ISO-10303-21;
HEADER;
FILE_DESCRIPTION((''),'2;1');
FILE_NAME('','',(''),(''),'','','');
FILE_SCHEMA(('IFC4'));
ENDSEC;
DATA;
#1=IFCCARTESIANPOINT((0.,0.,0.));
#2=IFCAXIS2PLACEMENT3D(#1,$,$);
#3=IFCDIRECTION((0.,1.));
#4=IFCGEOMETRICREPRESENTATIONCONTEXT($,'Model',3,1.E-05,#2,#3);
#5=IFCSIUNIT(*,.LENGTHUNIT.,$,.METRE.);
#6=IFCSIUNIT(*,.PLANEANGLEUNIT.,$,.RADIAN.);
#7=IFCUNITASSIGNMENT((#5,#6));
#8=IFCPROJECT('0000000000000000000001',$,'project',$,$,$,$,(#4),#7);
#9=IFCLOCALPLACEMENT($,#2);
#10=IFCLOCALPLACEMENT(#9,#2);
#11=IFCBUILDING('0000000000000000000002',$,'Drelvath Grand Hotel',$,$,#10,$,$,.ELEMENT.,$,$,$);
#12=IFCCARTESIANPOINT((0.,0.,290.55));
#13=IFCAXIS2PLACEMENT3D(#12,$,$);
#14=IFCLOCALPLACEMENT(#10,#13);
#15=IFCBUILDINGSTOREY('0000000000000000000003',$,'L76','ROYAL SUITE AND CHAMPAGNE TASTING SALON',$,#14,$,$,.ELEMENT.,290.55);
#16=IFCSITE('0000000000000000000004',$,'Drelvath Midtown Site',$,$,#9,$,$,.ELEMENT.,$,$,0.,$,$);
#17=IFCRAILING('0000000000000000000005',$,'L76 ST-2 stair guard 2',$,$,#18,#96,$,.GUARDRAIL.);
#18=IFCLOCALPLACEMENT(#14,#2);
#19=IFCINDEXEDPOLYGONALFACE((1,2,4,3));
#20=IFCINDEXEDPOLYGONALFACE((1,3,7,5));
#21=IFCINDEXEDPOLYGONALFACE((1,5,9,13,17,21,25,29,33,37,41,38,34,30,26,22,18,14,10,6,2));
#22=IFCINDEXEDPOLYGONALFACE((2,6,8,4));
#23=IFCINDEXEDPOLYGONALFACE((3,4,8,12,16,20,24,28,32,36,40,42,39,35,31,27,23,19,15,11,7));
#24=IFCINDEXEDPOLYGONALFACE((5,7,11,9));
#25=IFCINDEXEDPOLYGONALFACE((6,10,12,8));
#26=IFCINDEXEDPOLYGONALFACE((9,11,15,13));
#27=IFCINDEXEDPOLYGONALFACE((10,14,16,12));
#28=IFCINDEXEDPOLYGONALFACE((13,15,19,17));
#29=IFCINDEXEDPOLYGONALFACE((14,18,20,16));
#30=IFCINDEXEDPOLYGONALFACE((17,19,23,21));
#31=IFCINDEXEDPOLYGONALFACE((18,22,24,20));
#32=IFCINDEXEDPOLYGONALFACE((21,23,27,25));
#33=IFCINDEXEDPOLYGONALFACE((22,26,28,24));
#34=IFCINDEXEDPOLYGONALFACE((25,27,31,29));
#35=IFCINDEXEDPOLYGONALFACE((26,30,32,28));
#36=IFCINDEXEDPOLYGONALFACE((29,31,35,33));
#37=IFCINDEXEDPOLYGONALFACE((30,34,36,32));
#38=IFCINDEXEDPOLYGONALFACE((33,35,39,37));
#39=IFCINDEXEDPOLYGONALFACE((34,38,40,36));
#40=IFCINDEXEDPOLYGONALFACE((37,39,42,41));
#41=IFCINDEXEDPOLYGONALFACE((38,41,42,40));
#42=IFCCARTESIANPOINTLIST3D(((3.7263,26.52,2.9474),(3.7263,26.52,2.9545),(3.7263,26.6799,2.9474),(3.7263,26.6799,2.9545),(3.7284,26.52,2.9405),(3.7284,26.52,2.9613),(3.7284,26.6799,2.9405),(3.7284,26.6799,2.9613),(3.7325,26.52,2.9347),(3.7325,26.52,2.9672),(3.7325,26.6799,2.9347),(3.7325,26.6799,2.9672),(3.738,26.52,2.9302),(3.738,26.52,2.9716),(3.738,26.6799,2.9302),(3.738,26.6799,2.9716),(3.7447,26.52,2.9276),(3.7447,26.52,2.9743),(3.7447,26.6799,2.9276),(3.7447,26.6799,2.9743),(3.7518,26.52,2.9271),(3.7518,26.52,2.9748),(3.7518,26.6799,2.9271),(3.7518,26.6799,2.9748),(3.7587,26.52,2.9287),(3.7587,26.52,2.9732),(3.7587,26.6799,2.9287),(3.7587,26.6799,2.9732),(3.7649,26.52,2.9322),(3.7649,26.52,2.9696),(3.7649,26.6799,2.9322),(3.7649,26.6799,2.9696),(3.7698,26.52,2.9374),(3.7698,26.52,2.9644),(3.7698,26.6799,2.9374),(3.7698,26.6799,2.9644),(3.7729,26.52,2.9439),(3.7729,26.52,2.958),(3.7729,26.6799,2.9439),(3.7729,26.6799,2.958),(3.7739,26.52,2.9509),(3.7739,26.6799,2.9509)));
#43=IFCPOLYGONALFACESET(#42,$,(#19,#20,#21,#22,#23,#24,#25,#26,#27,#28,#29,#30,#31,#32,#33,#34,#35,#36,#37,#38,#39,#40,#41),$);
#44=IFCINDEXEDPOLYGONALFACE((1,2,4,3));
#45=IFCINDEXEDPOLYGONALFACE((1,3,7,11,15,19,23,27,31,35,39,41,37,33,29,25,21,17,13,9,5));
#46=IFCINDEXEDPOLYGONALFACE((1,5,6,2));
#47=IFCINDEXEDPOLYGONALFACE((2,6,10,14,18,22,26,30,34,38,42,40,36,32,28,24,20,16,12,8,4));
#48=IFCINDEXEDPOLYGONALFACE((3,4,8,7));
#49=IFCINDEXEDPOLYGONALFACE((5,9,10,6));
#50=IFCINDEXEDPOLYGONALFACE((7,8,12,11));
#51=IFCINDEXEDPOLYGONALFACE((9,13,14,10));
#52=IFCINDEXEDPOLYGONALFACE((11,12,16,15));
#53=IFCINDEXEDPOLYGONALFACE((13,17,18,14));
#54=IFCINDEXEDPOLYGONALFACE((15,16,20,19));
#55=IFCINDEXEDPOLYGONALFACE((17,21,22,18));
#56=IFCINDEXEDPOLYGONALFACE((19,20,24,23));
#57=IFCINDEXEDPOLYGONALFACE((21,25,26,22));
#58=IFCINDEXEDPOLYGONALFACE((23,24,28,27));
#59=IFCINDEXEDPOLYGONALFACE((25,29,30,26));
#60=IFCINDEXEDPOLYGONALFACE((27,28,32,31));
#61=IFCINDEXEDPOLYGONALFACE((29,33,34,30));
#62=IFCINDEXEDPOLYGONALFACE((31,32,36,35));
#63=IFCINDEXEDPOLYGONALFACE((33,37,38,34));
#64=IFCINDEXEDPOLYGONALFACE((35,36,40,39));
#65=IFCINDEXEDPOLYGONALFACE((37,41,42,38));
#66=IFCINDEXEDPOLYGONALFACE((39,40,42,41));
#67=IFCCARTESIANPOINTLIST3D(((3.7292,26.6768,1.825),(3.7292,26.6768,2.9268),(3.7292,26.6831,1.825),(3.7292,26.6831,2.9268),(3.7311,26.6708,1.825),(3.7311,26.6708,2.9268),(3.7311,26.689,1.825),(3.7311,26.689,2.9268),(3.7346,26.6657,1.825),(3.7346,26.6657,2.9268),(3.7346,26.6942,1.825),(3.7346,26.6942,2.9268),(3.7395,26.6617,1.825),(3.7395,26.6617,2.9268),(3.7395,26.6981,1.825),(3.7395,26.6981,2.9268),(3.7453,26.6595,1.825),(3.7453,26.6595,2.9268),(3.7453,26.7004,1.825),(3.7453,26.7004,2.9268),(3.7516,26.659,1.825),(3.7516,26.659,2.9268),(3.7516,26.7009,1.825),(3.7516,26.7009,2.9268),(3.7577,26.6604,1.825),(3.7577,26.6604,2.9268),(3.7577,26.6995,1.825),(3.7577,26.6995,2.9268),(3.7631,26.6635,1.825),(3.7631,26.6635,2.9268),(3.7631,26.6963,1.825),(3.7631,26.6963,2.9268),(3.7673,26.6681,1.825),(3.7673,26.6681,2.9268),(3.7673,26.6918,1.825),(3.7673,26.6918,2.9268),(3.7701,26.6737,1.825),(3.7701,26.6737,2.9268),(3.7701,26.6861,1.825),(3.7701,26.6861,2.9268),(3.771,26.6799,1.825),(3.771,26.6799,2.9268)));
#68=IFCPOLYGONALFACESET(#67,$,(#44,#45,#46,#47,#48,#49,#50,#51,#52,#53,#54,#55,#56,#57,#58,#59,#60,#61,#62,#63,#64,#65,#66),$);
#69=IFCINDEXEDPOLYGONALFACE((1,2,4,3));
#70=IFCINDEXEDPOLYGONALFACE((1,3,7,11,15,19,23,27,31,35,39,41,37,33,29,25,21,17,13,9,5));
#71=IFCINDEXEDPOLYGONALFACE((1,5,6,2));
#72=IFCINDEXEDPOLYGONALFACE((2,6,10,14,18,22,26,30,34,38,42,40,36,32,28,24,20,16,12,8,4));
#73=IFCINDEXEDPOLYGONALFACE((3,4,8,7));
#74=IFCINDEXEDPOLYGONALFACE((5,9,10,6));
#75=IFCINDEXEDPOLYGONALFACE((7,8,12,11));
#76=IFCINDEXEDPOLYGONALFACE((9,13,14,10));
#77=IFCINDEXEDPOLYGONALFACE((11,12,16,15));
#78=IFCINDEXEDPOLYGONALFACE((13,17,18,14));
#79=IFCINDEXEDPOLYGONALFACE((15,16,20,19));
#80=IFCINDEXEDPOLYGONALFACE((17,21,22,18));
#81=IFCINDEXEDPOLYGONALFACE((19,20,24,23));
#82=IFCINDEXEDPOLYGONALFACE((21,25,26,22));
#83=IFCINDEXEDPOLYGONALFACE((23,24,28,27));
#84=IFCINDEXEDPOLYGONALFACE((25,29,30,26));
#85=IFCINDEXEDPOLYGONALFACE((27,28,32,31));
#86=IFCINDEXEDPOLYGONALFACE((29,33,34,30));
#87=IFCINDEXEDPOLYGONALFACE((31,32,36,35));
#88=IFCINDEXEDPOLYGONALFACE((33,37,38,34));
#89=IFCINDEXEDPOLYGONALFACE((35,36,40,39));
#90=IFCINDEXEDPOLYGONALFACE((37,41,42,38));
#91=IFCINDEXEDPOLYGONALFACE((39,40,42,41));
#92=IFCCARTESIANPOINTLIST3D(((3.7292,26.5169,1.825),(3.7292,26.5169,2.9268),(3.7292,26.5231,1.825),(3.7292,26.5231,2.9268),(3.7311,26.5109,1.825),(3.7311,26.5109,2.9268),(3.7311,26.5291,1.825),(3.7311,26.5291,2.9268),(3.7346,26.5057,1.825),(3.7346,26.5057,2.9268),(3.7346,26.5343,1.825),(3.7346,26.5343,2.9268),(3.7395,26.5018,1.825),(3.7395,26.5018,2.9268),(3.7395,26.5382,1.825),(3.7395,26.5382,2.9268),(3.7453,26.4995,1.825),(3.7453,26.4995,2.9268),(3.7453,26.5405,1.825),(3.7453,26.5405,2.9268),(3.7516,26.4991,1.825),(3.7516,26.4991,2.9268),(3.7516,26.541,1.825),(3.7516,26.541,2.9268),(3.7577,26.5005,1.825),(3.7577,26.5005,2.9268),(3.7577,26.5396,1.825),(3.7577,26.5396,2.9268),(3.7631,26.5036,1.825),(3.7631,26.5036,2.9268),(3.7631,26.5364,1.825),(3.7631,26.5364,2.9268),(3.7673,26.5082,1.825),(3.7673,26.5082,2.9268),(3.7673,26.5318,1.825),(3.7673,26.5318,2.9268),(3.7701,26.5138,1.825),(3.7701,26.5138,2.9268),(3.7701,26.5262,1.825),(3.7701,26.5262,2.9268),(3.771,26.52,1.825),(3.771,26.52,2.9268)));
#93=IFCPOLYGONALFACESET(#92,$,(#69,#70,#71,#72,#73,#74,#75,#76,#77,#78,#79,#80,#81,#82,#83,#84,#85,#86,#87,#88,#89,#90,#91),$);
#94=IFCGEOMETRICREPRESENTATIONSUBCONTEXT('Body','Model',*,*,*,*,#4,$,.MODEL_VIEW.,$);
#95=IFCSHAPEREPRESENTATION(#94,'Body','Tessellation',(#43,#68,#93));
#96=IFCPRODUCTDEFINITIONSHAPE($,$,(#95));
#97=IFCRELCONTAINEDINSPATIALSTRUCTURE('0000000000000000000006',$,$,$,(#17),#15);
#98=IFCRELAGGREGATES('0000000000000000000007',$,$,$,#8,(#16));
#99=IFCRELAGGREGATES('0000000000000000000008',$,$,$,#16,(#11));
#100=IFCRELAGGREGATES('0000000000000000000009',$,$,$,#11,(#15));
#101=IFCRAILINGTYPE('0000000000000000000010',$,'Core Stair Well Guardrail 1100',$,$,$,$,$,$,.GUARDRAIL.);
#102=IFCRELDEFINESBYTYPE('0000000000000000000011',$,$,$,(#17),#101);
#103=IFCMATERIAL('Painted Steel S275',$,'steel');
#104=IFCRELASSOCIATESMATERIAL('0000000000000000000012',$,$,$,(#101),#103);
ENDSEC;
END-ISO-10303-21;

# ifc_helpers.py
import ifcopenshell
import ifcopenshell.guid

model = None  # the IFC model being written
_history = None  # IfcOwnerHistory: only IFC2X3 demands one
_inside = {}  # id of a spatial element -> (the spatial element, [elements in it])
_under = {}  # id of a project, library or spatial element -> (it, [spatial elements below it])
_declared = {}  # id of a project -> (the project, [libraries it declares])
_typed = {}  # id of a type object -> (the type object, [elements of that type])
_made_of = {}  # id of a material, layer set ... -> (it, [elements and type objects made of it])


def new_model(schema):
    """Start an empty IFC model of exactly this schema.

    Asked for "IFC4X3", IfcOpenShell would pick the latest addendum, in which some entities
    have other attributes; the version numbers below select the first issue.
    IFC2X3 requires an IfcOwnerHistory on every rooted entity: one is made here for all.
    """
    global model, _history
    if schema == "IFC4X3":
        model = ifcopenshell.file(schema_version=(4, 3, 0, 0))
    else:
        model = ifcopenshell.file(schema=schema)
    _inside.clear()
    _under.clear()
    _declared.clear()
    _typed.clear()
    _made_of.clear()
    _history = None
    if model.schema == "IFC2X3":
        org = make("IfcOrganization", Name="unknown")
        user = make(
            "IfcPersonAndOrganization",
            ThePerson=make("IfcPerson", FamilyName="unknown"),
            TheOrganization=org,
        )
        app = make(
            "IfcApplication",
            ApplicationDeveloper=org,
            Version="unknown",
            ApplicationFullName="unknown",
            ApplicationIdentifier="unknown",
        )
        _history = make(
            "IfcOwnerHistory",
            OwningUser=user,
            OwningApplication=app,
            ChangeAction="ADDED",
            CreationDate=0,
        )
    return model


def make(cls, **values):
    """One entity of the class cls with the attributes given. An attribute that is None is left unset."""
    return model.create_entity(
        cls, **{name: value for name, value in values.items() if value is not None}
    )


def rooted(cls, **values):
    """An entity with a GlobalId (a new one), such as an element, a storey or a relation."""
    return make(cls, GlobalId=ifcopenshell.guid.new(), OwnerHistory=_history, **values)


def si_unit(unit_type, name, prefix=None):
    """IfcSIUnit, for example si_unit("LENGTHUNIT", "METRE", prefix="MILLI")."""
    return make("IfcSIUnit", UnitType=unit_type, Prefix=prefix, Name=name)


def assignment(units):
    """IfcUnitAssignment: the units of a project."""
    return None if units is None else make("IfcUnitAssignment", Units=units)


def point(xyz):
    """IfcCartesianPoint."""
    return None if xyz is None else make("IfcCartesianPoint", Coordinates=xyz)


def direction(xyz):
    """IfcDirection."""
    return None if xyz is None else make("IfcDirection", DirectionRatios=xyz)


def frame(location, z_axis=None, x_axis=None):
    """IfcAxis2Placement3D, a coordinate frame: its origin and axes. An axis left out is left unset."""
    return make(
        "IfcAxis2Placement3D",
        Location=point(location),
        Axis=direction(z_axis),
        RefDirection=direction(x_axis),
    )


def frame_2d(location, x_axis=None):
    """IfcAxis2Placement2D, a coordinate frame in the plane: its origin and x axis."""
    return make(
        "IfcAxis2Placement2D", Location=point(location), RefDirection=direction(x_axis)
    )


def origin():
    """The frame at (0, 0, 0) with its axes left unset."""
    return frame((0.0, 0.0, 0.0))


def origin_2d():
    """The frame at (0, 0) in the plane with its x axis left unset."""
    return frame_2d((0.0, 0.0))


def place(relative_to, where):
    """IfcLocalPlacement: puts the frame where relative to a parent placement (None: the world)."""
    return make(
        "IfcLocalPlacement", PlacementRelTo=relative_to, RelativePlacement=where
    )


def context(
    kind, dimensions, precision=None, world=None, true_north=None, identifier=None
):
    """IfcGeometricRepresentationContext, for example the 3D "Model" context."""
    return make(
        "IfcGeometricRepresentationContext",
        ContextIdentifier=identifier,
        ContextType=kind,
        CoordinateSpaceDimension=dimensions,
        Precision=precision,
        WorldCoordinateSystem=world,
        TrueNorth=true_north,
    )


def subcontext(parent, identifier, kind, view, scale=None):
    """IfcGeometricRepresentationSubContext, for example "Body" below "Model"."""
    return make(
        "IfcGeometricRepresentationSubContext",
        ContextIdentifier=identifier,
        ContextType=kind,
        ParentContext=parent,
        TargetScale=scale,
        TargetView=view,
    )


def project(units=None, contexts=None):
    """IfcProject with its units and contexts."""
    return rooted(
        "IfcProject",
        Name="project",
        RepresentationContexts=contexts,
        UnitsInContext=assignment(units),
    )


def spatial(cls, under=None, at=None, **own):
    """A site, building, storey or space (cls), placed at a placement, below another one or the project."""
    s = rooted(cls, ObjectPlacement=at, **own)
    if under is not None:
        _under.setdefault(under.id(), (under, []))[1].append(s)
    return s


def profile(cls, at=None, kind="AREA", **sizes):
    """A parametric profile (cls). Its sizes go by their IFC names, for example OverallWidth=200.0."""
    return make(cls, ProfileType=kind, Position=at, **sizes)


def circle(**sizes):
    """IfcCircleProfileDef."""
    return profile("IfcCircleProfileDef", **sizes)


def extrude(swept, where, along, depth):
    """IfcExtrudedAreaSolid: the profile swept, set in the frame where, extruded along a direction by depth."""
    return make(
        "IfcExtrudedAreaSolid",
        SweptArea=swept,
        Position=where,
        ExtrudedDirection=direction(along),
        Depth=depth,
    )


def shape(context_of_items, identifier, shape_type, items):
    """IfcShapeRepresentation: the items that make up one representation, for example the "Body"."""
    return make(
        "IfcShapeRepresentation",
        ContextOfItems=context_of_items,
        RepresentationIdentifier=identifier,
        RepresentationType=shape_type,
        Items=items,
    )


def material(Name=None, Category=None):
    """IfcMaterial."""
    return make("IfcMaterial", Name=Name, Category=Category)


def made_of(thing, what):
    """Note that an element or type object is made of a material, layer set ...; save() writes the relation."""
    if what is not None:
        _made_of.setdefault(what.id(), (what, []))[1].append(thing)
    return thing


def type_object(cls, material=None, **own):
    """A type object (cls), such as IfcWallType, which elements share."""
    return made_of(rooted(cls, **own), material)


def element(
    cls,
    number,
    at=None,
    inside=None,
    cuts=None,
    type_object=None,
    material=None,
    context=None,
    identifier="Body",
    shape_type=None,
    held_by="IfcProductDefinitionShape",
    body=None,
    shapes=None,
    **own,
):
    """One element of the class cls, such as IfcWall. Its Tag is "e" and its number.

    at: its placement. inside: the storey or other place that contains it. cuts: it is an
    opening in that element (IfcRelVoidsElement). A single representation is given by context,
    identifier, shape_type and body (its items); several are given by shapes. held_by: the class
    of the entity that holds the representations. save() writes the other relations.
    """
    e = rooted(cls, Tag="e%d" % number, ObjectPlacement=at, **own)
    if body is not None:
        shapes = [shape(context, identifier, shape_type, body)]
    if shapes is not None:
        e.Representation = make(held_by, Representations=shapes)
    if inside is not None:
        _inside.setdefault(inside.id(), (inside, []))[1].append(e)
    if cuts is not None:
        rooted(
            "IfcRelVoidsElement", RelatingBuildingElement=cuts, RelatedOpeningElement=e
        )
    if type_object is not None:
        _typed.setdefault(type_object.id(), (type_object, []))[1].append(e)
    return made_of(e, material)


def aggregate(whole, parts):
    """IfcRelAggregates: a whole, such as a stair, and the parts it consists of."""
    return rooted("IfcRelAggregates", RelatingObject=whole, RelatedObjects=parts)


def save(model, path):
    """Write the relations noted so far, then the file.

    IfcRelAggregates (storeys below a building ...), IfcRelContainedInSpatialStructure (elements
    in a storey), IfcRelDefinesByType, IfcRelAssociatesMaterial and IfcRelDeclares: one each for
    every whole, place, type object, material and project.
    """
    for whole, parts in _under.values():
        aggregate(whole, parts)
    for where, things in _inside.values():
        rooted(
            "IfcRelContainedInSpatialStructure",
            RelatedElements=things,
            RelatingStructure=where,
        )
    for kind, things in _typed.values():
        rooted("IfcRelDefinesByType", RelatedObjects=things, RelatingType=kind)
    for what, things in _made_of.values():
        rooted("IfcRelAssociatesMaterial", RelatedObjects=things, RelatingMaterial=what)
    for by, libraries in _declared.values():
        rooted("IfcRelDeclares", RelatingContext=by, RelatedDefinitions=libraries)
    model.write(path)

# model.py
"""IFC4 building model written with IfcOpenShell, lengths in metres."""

from ifc_helpers import new_model, si_unit, direction, frame, origin, origin_2d, place, context, subcontext, project, spatial, circle, extrude, material, type_object, element, save


model = new_model("IFC4")

# Units and contexts
model_context = context("Model", 3, precision=1e-05, world=origin(), true_north=direction((0.0, 1.0)))
body_context = subcontext(model_context, "Body", "Model", "MODEL_VIEW")
ifc_project = project(units=[si_unit("LENGTHUNIT", "METRE"), si_unit("PLANEANGLEUNIT", "RADIAN")], contexts=[model_context])

# Site, building, storey
site_placement = place(None, origin())
site = spatial("IfcSite", under=ifc_project, at=site_placement, Name="Drelvath Midtown Site", CompositionType="ELEMENT", RefElevation=0.0)
building_placement = place(site_placement, origin())
building = spatial("IfcBuilding", under=site, at=building_placement, Name="Drelvath Grand Hotel", CompositionType="ELEMENT")
storey_placement = place(building_placement, frame((0.0, 0.0, 290.55)))
storey = spatial("IfcBuildingStorey", under=building, at=storey_placement, Name="L76", Description="ROYAL SUITE AND CHAMPAGNE TASTING SALON", CompositionType="ELEMENT", Elevation=290.55)

# Railing
ifc_material_1 = material(Name="Painted Steel S275", Category="steel")
railing_type_1 = type_object("IfcRailingType", Name="Core Stair Well Guardrail 1100", PredefinedType="GUARDRAIL", material=ifc_material_1)
railing_1_placement = place(storey_placement, frame((3.75, 26.6799, 1.825)))
element("IfcRailing", 1, at=railing_1_placement, inside=storey, type_object=railing_type_1, Name="L76 ST-2 stair guard 2", PredefinedType="GUARDRAIL", context=body_context, shape_type="SweptSolid", body=[
    extrude(circle(Radius=0.0239, at=origin_2d()), frame((0.0, 0.0, 1.126), z_axis=(0.0, -1.0, 0.0), x_axis=(1.0, 0.0, 0.0)), (0.0, 0.0, 1.0), 0.1599),
    extrude(circle(Radius=0.021, at=origin_2d()), origin(), (0.0, 0.0, 1.0), 1.1018),
    extrude(circle(Radius=0.021, at=origin_2d()), frame((0.0, -0.1599, 0.0)), (0.0, 0.0, 1.0), 1.1018),
])

save(model, "model.ifc")
